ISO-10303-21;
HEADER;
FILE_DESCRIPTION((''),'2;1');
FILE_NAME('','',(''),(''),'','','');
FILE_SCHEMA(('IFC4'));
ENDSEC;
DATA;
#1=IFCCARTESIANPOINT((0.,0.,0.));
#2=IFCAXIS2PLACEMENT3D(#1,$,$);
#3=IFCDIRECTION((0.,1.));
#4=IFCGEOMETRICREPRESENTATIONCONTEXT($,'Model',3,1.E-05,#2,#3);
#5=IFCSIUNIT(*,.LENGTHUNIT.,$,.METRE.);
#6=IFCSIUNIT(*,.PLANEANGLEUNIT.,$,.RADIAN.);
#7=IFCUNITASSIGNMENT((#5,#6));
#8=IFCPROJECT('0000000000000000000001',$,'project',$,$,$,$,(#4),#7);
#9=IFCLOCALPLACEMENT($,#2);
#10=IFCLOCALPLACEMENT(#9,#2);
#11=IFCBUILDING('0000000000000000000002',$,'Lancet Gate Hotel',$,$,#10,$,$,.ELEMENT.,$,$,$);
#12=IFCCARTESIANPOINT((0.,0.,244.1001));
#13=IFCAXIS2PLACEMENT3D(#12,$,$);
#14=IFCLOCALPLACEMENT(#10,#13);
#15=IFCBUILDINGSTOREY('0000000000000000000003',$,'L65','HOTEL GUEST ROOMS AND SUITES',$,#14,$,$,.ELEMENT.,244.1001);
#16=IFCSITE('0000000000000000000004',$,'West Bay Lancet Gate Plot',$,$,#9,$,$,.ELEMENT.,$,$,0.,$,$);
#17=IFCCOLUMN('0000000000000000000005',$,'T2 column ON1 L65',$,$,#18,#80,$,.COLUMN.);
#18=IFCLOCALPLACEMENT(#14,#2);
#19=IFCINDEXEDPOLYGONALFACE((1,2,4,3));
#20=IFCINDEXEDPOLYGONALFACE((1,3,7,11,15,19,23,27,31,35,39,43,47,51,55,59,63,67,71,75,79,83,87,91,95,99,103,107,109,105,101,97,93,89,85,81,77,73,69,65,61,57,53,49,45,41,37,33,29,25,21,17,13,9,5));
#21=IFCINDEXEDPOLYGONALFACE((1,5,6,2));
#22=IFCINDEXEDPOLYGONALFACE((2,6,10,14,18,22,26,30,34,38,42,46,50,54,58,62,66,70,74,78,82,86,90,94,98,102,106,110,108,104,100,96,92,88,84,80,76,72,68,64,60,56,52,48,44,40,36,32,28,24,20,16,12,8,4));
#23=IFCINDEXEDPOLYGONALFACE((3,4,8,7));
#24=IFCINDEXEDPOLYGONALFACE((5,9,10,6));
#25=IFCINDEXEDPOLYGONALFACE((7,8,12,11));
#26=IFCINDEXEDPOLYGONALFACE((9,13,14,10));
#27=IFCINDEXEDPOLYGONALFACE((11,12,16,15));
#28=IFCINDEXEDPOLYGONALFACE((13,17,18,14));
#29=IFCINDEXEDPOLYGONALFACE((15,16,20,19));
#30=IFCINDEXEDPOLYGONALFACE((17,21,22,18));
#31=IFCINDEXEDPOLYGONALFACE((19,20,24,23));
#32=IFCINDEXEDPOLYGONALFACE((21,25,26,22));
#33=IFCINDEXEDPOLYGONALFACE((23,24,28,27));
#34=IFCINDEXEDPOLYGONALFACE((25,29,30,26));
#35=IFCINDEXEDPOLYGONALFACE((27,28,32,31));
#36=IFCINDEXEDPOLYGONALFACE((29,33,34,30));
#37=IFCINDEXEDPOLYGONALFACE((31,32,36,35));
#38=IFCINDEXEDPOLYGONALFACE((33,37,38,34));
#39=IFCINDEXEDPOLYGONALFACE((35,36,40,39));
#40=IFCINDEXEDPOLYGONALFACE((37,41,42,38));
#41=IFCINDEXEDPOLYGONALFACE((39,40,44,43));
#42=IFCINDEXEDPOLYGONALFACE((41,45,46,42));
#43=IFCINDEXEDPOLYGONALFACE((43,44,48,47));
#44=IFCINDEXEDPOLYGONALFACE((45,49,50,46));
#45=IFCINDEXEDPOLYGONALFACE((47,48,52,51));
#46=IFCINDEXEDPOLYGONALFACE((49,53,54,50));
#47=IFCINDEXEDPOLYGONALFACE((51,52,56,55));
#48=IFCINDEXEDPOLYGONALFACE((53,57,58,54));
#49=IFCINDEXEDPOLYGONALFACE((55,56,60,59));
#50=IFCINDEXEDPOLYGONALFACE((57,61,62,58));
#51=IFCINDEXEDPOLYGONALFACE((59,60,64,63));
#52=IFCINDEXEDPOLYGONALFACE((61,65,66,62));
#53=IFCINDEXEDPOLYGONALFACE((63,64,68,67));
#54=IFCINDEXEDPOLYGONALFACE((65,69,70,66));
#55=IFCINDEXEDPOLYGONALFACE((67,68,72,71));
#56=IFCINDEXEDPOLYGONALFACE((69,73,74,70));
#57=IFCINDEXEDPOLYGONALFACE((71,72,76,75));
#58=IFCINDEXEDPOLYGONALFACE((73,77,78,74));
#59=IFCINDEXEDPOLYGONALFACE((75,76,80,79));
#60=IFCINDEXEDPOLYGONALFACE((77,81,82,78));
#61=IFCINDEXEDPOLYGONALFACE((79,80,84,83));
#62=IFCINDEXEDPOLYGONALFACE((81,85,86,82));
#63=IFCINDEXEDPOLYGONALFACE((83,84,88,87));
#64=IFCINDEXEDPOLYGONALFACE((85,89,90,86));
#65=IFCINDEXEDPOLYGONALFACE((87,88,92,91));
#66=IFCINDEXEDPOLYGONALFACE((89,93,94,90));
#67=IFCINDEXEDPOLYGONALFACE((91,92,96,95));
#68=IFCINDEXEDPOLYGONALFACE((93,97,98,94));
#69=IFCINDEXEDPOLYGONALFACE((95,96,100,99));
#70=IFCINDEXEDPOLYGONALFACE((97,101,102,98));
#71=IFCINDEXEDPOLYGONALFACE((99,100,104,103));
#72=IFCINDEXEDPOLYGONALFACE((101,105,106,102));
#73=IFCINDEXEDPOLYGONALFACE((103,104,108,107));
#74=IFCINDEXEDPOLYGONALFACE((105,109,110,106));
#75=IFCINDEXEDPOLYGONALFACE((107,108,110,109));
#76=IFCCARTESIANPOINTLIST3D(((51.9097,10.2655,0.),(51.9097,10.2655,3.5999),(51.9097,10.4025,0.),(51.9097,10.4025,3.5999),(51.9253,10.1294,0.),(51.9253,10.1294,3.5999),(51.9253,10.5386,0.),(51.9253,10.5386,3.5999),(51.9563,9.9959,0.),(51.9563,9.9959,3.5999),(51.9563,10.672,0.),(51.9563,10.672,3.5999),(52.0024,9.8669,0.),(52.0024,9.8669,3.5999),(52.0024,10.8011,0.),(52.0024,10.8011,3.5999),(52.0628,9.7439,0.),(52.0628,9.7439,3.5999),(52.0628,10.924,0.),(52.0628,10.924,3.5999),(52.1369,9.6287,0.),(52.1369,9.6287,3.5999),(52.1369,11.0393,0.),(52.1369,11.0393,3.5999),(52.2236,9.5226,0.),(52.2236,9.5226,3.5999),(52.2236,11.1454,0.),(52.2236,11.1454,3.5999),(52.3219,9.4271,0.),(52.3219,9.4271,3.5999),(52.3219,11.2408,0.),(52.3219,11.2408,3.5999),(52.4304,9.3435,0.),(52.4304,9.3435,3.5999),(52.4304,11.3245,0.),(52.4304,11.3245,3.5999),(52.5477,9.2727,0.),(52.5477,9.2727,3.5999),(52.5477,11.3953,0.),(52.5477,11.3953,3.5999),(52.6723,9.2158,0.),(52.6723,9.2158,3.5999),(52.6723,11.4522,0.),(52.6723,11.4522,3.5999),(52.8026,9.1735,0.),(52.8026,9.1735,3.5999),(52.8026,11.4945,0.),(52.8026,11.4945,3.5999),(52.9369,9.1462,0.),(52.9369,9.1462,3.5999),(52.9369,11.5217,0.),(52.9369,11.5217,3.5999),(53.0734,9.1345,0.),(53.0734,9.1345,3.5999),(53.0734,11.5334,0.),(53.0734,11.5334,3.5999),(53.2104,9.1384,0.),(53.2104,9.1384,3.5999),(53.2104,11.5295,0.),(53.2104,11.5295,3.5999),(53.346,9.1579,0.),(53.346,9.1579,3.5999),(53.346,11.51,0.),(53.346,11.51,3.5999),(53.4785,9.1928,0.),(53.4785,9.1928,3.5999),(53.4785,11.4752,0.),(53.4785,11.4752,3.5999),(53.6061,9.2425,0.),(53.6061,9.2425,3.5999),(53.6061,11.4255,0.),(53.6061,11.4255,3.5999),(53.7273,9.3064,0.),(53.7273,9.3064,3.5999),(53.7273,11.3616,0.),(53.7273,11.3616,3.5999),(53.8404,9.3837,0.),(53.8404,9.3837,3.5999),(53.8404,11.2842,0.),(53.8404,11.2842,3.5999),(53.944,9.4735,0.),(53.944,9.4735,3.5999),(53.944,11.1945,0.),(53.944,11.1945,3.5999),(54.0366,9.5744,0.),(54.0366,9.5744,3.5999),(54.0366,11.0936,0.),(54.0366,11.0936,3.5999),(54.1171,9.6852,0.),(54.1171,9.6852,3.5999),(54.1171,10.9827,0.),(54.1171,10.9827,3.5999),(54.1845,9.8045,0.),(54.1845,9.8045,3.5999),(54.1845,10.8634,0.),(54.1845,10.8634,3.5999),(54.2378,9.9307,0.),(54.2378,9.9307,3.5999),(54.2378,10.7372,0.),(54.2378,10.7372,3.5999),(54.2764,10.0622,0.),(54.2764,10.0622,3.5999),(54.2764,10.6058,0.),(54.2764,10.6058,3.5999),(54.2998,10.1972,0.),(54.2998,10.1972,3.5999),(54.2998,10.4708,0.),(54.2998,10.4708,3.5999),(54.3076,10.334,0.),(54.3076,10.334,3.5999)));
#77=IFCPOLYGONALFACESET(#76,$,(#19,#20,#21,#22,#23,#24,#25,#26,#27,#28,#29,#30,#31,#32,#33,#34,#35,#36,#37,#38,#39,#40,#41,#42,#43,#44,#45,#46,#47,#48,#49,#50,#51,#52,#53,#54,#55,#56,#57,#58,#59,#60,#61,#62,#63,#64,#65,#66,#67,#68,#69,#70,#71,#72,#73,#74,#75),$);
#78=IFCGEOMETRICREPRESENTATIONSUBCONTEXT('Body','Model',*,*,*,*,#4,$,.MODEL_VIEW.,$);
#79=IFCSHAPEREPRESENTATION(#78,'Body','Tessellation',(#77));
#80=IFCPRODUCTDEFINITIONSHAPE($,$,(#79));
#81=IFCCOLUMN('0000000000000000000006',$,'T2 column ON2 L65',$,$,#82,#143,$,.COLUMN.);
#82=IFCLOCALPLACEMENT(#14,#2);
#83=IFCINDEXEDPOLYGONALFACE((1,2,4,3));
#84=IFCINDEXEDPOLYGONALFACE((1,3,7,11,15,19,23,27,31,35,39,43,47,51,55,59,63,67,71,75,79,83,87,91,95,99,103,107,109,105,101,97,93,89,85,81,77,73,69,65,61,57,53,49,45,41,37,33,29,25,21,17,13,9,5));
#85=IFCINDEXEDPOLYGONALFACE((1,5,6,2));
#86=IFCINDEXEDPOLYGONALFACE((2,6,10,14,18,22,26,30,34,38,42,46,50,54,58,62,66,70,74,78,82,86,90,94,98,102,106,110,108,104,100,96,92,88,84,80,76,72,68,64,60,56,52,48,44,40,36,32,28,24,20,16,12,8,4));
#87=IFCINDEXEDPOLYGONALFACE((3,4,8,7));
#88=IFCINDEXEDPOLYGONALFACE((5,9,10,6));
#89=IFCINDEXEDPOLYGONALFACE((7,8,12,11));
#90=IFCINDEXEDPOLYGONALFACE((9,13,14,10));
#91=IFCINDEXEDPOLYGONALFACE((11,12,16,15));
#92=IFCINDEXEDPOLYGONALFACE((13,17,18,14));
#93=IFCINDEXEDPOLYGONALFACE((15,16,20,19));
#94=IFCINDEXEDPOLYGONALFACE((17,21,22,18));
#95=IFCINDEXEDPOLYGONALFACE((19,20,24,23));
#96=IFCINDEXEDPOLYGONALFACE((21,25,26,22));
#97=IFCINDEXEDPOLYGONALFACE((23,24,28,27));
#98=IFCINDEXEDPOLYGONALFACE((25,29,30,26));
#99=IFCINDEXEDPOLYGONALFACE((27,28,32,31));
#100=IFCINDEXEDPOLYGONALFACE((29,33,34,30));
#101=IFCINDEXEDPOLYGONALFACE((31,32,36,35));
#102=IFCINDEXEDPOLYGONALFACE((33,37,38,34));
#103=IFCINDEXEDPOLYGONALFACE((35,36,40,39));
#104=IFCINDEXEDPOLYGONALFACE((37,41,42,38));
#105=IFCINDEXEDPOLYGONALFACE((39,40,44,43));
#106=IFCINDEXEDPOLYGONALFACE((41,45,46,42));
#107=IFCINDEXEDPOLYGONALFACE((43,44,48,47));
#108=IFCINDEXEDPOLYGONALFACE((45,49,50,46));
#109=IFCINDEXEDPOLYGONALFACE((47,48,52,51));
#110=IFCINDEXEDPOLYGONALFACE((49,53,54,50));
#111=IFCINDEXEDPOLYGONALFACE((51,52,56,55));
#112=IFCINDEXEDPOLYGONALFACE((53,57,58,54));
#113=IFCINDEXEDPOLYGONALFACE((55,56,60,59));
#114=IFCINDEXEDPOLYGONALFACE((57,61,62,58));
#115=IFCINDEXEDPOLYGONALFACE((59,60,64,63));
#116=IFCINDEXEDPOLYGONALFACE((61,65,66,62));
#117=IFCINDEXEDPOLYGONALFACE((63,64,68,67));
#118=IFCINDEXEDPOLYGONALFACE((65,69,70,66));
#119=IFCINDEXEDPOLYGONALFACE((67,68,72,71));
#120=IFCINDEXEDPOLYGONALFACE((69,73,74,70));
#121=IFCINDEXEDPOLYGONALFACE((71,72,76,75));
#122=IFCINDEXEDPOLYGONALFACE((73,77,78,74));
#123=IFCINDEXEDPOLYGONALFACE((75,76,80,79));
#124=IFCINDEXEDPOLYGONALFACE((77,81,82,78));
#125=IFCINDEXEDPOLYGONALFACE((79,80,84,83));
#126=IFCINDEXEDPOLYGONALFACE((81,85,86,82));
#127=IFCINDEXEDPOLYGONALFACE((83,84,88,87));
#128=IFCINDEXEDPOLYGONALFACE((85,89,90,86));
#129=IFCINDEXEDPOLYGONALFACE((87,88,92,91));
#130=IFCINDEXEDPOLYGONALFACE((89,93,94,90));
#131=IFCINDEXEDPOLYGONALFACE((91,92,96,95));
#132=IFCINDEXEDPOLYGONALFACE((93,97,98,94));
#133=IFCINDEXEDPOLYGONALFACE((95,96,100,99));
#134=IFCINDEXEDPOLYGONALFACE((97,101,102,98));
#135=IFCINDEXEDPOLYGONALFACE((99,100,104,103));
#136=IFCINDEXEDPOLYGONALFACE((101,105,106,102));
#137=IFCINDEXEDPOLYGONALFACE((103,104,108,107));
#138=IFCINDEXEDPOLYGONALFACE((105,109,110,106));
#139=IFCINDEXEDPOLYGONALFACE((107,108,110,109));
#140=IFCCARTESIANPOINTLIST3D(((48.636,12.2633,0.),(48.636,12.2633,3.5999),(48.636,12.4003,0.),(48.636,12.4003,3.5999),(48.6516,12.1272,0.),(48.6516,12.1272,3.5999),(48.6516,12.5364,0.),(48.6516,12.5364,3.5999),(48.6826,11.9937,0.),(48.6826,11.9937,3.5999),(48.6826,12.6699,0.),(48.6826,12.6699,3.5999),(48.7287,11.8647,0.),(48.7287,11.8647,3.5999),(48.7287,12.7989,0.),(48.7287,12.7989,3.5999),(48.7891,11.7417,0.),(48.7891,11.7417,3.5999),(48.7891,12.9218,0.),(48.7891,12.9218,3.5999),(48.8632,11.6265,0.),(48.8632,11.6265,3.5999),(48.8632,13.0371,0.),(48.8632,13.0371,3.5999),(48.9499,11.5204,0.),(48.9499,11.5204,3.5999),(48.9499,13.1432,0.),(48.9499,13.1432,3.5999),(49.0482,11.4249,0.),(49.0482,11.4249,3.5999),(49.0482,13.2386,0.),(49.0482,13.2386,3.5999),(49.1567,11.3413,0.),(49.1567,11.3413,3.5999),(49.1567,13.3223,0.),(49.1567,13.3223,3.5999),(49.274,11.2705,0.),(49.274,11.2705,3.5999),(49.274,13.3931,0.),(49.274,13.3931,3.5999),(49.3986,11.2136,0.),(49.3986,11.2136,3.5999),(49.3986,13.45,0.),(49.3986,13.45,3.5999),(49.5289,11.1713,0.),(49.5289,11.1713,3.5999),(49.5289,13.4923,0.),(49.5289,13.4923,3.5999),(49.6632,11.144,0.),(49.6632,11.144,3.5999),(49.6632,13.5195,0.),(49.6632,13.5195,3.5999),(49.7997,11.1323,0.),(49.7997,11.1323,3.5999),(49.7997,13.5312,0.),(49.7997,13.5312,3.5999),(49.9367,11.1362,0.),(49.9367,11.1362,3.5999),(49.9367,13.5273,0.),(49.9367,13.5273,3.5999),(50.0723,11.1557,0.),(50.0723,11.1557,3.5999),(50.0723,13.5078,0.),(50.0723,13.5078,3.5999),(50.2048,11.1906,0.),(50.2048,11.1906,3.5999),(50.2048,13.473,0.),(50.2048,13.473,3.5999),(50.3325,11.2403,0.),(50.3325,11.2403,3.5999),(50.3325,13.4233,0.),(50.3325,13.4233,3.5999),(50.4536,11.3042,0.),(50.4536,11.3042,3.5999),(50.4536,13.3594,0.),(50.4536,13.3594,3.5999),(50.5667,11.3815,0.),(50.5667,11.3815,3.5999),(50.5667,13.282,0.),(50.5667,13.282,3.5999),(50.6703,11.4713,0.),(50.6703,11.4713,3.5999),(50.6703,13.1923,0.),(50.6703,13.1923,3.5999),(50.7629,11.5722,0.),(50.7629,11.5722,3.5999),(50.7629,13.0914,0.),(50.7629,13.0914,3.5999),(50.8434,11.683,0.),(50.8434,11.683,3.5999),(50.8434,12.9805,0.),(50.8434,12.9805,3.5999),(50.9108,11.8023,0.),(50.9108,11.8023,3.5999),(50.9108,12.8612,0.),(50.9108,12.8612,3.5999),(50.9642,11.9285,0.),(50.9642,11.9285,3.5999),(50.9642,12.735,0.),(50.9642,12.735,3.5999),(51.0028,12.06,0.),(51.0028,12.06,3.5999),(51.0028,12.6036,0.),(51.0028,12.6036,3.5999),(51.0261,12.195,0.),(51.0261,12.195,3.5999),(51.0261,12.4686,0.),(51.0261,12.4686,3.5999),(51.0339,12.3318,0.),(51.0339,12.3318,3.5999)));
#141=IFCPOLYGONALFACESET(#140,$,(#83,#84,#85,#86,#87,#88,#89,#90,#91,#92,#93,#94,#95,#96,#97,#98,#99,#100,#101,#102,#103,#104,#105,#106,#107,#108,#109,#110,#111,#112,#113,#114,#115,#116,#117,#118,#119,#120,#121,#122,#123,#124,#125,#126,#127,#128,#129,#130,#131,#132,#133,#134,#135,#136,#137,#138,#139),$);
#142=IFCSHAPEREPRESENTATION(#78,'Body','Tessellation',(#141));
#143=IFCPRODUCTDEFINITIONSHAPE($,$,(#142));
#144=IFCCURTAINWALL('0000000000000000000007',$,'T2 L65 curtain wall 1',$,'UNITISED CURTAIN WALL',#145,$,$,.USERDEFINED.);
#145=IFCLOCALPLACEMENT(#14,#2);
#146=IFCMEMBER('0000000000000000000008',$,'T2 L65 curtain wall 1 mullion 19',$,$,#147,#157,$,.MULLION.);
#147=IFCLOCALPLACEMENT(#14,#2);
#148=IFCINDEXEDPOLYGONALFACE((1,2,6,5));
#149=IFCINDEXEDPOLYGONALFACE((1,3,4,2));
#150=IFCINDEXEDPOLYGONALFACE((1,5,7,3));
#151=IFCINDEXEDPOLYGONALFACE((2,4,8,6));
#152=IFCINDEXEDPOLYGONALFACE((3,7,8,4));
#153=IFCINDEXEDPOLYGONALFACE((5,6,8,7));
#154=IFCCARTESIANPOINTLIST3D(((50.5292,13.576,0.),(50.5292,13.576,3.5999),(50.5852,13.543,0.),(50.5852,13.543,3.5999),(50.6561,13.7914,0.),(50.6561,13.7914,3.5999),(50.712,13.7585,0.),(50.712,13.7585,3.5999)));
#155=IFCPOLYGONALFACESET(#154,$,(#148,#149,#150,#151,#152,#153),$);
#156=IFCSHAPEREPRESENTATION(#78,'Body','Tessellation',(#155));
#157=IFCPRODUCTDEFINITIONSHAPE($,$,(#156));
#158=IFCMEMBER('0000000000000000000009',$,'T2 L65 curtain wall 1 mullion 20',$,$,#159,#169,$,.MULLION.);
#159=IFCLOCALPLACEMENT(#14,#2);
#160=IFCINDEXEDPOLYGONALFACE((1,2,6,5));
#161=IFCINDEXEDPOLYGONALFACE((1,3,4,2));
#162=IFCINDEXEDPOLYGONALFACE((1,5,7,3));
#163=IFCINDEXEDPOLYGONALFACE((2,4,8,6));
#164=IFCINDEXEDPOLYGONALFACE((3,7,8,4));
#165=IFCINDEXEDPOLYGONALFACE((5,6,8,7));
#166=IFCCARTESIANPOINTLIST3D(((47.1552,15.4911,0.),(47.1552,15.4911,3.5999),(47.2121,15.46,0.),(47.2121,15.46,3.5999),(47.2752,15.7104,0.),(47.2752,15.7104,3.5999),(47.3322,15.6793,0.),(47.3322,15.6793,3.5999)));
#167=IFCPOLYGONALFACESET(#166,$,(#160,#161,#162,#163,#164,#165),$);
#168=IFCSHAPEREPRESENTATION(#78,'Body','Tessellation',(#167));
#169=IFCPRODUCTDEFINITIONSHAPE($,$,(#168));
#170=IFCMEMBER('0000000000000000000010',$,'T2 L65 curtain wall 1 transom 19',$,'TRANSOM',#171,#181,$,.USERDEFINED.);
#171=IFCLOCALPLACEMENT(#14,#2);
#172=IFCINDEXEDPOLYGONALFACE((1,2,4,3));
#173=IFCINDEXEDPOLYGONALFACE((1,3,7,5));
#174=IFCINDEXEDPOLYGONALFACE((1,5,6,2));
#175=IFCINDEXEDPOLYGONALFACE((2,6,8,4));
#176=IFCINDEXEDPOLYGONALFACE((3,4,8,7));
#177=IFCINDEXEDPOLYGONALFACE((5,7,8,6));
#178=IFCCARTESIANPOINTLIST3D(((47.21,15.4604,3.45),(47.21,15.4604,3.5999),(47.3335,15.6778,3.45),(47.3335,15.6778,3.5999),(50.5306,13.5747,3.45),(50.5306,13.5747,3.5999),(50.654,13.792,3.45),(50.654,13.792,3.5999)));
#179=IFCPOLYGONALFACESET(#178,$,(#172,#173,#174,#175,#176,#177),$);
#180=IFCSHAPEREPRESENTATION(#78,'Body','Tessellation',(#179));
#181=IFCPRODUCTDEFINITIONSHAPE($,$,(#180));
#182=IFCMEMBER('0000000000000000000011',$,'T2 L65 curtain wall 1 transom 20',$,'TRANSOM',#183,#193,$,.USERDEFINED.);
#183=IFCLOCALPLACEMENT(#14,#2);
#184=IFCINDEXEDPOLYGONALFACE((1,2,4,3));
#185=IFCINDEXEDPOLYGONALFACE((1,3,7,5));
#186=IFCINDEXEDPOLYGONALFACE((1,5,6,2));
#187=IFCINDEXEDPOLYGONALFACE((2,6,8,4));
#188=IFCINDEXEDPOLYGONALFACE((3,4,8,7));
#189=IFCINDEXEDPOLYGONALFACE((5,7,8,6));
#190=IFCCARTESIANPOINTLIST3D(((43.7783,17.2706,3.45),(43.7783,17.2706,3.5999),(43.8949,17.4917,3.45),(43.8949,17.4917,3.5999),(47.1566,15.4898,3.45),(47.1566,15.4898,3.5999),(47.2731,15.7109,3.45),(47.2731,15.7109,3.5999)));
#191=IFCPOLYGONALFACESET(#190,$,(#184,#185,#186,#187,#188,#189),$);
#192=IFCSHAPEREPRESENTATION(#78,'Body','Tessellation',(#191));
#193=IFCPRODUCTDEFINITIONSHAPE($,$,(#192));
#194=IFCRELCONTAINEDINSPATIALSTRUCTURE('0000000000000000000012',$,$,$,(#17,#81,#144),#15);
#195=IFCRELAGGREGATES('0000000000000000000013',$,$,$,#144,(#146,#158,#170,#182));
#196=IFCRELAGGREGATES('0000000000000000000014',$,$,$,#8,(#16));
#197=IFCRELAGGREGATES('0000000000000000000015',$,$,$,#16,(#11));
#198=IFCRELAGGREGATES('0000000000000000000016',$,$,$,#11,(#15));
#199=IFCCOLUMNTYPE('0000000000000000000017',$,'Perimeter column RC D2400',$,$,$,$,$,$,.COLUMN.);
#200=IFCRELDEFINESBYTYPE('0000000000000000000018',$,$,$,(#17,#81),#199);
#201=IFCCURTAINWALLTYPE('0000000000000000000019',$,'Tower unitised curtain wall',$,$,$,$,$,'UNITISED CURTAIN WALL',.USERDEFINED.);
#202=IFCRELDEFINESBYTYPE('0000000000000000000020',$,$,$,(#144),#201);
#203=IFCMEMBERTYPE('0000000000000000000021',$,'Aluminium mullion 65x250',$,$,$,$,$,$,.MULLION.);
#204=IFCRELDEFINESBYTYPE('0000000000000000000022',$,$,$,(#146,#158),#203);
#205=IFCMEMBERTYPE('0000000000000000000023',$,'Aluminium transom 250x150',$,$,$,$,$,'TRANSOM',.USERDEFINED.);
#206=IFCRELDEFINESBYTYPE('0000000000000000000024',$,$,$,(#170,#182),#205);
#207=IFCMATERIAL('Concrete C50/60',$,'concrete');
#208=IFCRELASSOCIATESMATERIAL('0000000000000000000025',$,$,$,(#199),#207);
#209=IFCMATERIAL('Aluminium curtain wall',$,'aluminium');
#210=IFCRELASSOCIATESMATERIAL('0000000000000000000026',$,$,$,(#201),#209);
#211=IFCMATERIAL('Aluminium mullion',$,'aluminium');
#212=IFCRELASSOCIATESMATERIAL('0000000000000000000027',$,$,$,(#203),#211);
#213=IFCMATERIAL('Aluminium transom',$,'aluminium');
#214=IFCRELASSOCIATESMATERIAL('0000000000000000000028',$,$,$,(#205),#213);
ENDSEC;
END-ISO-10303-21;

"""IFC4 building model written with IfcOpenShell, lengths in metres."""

from ifc_helpers import new_model, si_unit, direction, frame, origin, origin_2d, place, context, subcontext, project, spatial, rectangle, circle, extrude, material, material_profile, profile_set, type_object, element, aggregate, save


model = new_model("IFC4")

# Units and contexts
model_context = context("Model", 3, precision=1e-05, world=origin(), true_north=direction((0.0, 1.0)))
body_context = subcontext(model_context, "Body", "Model", "MODEL_VIEW")
ifc_project = project(units=[si_unit("LENGTHUNIT", "METRE"), si_unit("PLANEANGLEUNIT", "RADIAN")], contexts=[model_context])

# Site, building, storey
site_placement = place(None, origin())
site = spatial("IfcSite", under=ifc_project, at=site_placement, Name="West Bay Lancet Gate Plot", CompositionType="ELEMENT", RefElevation=0.0)
building_placement = place(site_placement, origin())
building = spatial("IfcBuilding", under=site, at=building_placement, Name="Lancet Gate Hotel", CompositionType="ELEMENT")
storey_placement = place(building_placement, frame((0.0, 0.0, 244.1001)))
storey = spatial("IfcBuildingStorey", under=building, at=storey_placement, Name="L65", Description="HOTEL GUEST ROOMS AND SUITES", CompositionType="ELEMENT", Elevation=244.1001)

# Columns
ifc_material_1 = material(Name="Concrete C50/60", Category="concrete")
ifc_material_profile_1 = material_profile(ifc_material_1, circle(Radius=1.2, at=origin_2d()), Name="RC D2400")
ifc_profile_set_1 = profile_set([ifc_material_profile_1], Name="Concrete C50/60")
column_type = type_object("IfcColumnType", Name="Perimeter column RC D2400", PredefinedType="COLUMN", material=ifc_profile_set_1)
for number, where, z_axis, x_axis, name in (
    (1, (53.1077, 10.334, 0.0), (0.0, 0.0, 1.0), (1.0, 0.0, 0.0), "T2 column ON1 L65"),
    (2, (49.834, 12.3318, 0.0), (0.0, 0.0, 1.0), (1.0, 0.0, 0.0), "T2 column ON2 L65"),
):
    element("IfcColumn", number, at=place(storey_placement, frame(where, z_axis=z_axis, x_axis=x_axis)), inside=storey, type_object=column_type, Name=name, PredefinedType="COLUMN", context=body_context, shape_type="SweptSolid", body=[
        extrude(circle(Radius=1.2, at=origin_2d()), origin(), (0.0, 0.0, 1.0), 3.5999),
    ])

# Curtain wall, members
ifc_material_2 = material(Name="Aluminium curtain wall", Category="aluminium")
curtain_wall_type = type_object("IfcCurtainWallType", Name="Tower unitised curtain wall", ElementType="UNITISED CURTAIN WALL", PredefinedType="USERDEFINED", material=ifc_material_2)
curtain_wall_placement = place(storey_placement, origin())
curtain_wall = element("IfcCurtainWall", 3, at=curtain_wall_placement, inside=storey, type_object=curtain_wall_type, Name="T2 L65 curtain wall 1", ObjectType="UNITISED CURTAIN WALL", PredefinedType="USERDEFINED")
ifc_material_3 = material(Name="Aluminium mullion", Category="aluminium")
ifc_material_profile_2 = material_profile(ifc_material_3, rectangle(XDim=0.0649, YDim=0.25, at=origin_2d()), Name="MULLION 65x250")
ifc_profile_set_2 = profile_set([ifc_material_profile_2], Name="Aluminium mullion")
member_type_1 = type_object("IfcMemberType", Name="Aluminium mullion 65x250", PredefinedType="MULLION", material=ifc_profile_set_2)
member_1_placement = place(storey_placement, frame((50.6206, 13.6672, 0.0), z_axis=(0.0, 0.0, 1.0), x_axis=(-0.861692, 0.507432, 0.0)))
member_1 = element("IfcMember", 4, at=member_1_placement, type_object=member_type_1, Name="T2 L65 curtain wall 1 mullion 19", PredefinedType="MULLION", context=body_context, shape_type="SweptSolid", body=[
    extrude(rectangle(XDim=0.0649, YDim=0.25, at=origin_2d()), origin(), (0.0, 0.0, 1.0), 3.5999),
])
member_2_placement = place(storey_placement, frame((47.2437, 15.5852, 0.0), z_axis=(0.0, 0.0, 1.0), x_axis=(-0.877195, 0.480135, 0.0)))
member_2 = element("IfcMember", 5, at=member_2_placement, type_object=member_type_1, Name="T2 L65 curtain wall 1 mullion 20", PredefinedType="MULLION", context=body_context, shape_type="SweptSolid", body=[
    extrude(rectangle(XDim=0.0649, YDim=0.25, at=origin_2d()), origin(), (0.0, 0.0, 1.0), 3.5999),
])
ifc_material_4 = material(Name="Aluminium transom", Category="aluminium")
ifc_material_profile_3 = material_profile(ifc_material_4, rectangle(XDim=0.25, YDim=0.1499, at=origin_2d()), Name="TRANSOM 250x150")
ifc_profile_set_3 = profile_set([ifc_material_profile_3], Name="Aluminium transom")
member_type_2 = type_object("IfcMemberType", Name="Aluminium transom 250x150", ElementType="TRANSOM", PredefinedType="USERDEFINED", material=ifc_profile_set_3)
member_3_placement = place(storey_placement, frame((50.5923, 13.6833, 3.5249), z_axis=(-0.869562, 0.493824, 0.0), x_axis=(-0.493824, -0.869562, 0.0)))
member_3 = element("IfcMember", 6, at=member_3_placement, type_object=member_type_2, Name="T2 L65 curtain wall 1 transom 19", ObjectType="TRANSOM", PredefinedType="USERDEFINED", context=body_context, shape_type="SweptSolid", body=[
    extrude(rectangle(XDim=0.25, YDim=0.1499, at=origin_2d()), origin(), (0.0, 0.0, 1.0), 3.8186),
])
member_4_placement = place(storey_placement, frame((47.2148, 15.6003, 3.5249), z_axis=(-0.884618, 0.466315, 0.0), x_axis=(-0.466315, -0.884618, 0.0)))
member_4 = element("IfcMember", 7, at=member_4_placement, type_object=member_type_2, Name="T2 L65 curtain wall 1 transom 20", ObjectType="TRANSOM", PredefinedType="USERDEFINED", context=body_context, shape_type="SweptSolid", body=[
    extrude(rectangle(XDim=0.25, YDim=0.1499, at=origin_2d()), origin(), (0.0, 0.0, 1.0), 3.8188),
])

aggregate(curtain_wall, [member_1, member_2, member_3, member_4])

save(model, "model.ifc")
